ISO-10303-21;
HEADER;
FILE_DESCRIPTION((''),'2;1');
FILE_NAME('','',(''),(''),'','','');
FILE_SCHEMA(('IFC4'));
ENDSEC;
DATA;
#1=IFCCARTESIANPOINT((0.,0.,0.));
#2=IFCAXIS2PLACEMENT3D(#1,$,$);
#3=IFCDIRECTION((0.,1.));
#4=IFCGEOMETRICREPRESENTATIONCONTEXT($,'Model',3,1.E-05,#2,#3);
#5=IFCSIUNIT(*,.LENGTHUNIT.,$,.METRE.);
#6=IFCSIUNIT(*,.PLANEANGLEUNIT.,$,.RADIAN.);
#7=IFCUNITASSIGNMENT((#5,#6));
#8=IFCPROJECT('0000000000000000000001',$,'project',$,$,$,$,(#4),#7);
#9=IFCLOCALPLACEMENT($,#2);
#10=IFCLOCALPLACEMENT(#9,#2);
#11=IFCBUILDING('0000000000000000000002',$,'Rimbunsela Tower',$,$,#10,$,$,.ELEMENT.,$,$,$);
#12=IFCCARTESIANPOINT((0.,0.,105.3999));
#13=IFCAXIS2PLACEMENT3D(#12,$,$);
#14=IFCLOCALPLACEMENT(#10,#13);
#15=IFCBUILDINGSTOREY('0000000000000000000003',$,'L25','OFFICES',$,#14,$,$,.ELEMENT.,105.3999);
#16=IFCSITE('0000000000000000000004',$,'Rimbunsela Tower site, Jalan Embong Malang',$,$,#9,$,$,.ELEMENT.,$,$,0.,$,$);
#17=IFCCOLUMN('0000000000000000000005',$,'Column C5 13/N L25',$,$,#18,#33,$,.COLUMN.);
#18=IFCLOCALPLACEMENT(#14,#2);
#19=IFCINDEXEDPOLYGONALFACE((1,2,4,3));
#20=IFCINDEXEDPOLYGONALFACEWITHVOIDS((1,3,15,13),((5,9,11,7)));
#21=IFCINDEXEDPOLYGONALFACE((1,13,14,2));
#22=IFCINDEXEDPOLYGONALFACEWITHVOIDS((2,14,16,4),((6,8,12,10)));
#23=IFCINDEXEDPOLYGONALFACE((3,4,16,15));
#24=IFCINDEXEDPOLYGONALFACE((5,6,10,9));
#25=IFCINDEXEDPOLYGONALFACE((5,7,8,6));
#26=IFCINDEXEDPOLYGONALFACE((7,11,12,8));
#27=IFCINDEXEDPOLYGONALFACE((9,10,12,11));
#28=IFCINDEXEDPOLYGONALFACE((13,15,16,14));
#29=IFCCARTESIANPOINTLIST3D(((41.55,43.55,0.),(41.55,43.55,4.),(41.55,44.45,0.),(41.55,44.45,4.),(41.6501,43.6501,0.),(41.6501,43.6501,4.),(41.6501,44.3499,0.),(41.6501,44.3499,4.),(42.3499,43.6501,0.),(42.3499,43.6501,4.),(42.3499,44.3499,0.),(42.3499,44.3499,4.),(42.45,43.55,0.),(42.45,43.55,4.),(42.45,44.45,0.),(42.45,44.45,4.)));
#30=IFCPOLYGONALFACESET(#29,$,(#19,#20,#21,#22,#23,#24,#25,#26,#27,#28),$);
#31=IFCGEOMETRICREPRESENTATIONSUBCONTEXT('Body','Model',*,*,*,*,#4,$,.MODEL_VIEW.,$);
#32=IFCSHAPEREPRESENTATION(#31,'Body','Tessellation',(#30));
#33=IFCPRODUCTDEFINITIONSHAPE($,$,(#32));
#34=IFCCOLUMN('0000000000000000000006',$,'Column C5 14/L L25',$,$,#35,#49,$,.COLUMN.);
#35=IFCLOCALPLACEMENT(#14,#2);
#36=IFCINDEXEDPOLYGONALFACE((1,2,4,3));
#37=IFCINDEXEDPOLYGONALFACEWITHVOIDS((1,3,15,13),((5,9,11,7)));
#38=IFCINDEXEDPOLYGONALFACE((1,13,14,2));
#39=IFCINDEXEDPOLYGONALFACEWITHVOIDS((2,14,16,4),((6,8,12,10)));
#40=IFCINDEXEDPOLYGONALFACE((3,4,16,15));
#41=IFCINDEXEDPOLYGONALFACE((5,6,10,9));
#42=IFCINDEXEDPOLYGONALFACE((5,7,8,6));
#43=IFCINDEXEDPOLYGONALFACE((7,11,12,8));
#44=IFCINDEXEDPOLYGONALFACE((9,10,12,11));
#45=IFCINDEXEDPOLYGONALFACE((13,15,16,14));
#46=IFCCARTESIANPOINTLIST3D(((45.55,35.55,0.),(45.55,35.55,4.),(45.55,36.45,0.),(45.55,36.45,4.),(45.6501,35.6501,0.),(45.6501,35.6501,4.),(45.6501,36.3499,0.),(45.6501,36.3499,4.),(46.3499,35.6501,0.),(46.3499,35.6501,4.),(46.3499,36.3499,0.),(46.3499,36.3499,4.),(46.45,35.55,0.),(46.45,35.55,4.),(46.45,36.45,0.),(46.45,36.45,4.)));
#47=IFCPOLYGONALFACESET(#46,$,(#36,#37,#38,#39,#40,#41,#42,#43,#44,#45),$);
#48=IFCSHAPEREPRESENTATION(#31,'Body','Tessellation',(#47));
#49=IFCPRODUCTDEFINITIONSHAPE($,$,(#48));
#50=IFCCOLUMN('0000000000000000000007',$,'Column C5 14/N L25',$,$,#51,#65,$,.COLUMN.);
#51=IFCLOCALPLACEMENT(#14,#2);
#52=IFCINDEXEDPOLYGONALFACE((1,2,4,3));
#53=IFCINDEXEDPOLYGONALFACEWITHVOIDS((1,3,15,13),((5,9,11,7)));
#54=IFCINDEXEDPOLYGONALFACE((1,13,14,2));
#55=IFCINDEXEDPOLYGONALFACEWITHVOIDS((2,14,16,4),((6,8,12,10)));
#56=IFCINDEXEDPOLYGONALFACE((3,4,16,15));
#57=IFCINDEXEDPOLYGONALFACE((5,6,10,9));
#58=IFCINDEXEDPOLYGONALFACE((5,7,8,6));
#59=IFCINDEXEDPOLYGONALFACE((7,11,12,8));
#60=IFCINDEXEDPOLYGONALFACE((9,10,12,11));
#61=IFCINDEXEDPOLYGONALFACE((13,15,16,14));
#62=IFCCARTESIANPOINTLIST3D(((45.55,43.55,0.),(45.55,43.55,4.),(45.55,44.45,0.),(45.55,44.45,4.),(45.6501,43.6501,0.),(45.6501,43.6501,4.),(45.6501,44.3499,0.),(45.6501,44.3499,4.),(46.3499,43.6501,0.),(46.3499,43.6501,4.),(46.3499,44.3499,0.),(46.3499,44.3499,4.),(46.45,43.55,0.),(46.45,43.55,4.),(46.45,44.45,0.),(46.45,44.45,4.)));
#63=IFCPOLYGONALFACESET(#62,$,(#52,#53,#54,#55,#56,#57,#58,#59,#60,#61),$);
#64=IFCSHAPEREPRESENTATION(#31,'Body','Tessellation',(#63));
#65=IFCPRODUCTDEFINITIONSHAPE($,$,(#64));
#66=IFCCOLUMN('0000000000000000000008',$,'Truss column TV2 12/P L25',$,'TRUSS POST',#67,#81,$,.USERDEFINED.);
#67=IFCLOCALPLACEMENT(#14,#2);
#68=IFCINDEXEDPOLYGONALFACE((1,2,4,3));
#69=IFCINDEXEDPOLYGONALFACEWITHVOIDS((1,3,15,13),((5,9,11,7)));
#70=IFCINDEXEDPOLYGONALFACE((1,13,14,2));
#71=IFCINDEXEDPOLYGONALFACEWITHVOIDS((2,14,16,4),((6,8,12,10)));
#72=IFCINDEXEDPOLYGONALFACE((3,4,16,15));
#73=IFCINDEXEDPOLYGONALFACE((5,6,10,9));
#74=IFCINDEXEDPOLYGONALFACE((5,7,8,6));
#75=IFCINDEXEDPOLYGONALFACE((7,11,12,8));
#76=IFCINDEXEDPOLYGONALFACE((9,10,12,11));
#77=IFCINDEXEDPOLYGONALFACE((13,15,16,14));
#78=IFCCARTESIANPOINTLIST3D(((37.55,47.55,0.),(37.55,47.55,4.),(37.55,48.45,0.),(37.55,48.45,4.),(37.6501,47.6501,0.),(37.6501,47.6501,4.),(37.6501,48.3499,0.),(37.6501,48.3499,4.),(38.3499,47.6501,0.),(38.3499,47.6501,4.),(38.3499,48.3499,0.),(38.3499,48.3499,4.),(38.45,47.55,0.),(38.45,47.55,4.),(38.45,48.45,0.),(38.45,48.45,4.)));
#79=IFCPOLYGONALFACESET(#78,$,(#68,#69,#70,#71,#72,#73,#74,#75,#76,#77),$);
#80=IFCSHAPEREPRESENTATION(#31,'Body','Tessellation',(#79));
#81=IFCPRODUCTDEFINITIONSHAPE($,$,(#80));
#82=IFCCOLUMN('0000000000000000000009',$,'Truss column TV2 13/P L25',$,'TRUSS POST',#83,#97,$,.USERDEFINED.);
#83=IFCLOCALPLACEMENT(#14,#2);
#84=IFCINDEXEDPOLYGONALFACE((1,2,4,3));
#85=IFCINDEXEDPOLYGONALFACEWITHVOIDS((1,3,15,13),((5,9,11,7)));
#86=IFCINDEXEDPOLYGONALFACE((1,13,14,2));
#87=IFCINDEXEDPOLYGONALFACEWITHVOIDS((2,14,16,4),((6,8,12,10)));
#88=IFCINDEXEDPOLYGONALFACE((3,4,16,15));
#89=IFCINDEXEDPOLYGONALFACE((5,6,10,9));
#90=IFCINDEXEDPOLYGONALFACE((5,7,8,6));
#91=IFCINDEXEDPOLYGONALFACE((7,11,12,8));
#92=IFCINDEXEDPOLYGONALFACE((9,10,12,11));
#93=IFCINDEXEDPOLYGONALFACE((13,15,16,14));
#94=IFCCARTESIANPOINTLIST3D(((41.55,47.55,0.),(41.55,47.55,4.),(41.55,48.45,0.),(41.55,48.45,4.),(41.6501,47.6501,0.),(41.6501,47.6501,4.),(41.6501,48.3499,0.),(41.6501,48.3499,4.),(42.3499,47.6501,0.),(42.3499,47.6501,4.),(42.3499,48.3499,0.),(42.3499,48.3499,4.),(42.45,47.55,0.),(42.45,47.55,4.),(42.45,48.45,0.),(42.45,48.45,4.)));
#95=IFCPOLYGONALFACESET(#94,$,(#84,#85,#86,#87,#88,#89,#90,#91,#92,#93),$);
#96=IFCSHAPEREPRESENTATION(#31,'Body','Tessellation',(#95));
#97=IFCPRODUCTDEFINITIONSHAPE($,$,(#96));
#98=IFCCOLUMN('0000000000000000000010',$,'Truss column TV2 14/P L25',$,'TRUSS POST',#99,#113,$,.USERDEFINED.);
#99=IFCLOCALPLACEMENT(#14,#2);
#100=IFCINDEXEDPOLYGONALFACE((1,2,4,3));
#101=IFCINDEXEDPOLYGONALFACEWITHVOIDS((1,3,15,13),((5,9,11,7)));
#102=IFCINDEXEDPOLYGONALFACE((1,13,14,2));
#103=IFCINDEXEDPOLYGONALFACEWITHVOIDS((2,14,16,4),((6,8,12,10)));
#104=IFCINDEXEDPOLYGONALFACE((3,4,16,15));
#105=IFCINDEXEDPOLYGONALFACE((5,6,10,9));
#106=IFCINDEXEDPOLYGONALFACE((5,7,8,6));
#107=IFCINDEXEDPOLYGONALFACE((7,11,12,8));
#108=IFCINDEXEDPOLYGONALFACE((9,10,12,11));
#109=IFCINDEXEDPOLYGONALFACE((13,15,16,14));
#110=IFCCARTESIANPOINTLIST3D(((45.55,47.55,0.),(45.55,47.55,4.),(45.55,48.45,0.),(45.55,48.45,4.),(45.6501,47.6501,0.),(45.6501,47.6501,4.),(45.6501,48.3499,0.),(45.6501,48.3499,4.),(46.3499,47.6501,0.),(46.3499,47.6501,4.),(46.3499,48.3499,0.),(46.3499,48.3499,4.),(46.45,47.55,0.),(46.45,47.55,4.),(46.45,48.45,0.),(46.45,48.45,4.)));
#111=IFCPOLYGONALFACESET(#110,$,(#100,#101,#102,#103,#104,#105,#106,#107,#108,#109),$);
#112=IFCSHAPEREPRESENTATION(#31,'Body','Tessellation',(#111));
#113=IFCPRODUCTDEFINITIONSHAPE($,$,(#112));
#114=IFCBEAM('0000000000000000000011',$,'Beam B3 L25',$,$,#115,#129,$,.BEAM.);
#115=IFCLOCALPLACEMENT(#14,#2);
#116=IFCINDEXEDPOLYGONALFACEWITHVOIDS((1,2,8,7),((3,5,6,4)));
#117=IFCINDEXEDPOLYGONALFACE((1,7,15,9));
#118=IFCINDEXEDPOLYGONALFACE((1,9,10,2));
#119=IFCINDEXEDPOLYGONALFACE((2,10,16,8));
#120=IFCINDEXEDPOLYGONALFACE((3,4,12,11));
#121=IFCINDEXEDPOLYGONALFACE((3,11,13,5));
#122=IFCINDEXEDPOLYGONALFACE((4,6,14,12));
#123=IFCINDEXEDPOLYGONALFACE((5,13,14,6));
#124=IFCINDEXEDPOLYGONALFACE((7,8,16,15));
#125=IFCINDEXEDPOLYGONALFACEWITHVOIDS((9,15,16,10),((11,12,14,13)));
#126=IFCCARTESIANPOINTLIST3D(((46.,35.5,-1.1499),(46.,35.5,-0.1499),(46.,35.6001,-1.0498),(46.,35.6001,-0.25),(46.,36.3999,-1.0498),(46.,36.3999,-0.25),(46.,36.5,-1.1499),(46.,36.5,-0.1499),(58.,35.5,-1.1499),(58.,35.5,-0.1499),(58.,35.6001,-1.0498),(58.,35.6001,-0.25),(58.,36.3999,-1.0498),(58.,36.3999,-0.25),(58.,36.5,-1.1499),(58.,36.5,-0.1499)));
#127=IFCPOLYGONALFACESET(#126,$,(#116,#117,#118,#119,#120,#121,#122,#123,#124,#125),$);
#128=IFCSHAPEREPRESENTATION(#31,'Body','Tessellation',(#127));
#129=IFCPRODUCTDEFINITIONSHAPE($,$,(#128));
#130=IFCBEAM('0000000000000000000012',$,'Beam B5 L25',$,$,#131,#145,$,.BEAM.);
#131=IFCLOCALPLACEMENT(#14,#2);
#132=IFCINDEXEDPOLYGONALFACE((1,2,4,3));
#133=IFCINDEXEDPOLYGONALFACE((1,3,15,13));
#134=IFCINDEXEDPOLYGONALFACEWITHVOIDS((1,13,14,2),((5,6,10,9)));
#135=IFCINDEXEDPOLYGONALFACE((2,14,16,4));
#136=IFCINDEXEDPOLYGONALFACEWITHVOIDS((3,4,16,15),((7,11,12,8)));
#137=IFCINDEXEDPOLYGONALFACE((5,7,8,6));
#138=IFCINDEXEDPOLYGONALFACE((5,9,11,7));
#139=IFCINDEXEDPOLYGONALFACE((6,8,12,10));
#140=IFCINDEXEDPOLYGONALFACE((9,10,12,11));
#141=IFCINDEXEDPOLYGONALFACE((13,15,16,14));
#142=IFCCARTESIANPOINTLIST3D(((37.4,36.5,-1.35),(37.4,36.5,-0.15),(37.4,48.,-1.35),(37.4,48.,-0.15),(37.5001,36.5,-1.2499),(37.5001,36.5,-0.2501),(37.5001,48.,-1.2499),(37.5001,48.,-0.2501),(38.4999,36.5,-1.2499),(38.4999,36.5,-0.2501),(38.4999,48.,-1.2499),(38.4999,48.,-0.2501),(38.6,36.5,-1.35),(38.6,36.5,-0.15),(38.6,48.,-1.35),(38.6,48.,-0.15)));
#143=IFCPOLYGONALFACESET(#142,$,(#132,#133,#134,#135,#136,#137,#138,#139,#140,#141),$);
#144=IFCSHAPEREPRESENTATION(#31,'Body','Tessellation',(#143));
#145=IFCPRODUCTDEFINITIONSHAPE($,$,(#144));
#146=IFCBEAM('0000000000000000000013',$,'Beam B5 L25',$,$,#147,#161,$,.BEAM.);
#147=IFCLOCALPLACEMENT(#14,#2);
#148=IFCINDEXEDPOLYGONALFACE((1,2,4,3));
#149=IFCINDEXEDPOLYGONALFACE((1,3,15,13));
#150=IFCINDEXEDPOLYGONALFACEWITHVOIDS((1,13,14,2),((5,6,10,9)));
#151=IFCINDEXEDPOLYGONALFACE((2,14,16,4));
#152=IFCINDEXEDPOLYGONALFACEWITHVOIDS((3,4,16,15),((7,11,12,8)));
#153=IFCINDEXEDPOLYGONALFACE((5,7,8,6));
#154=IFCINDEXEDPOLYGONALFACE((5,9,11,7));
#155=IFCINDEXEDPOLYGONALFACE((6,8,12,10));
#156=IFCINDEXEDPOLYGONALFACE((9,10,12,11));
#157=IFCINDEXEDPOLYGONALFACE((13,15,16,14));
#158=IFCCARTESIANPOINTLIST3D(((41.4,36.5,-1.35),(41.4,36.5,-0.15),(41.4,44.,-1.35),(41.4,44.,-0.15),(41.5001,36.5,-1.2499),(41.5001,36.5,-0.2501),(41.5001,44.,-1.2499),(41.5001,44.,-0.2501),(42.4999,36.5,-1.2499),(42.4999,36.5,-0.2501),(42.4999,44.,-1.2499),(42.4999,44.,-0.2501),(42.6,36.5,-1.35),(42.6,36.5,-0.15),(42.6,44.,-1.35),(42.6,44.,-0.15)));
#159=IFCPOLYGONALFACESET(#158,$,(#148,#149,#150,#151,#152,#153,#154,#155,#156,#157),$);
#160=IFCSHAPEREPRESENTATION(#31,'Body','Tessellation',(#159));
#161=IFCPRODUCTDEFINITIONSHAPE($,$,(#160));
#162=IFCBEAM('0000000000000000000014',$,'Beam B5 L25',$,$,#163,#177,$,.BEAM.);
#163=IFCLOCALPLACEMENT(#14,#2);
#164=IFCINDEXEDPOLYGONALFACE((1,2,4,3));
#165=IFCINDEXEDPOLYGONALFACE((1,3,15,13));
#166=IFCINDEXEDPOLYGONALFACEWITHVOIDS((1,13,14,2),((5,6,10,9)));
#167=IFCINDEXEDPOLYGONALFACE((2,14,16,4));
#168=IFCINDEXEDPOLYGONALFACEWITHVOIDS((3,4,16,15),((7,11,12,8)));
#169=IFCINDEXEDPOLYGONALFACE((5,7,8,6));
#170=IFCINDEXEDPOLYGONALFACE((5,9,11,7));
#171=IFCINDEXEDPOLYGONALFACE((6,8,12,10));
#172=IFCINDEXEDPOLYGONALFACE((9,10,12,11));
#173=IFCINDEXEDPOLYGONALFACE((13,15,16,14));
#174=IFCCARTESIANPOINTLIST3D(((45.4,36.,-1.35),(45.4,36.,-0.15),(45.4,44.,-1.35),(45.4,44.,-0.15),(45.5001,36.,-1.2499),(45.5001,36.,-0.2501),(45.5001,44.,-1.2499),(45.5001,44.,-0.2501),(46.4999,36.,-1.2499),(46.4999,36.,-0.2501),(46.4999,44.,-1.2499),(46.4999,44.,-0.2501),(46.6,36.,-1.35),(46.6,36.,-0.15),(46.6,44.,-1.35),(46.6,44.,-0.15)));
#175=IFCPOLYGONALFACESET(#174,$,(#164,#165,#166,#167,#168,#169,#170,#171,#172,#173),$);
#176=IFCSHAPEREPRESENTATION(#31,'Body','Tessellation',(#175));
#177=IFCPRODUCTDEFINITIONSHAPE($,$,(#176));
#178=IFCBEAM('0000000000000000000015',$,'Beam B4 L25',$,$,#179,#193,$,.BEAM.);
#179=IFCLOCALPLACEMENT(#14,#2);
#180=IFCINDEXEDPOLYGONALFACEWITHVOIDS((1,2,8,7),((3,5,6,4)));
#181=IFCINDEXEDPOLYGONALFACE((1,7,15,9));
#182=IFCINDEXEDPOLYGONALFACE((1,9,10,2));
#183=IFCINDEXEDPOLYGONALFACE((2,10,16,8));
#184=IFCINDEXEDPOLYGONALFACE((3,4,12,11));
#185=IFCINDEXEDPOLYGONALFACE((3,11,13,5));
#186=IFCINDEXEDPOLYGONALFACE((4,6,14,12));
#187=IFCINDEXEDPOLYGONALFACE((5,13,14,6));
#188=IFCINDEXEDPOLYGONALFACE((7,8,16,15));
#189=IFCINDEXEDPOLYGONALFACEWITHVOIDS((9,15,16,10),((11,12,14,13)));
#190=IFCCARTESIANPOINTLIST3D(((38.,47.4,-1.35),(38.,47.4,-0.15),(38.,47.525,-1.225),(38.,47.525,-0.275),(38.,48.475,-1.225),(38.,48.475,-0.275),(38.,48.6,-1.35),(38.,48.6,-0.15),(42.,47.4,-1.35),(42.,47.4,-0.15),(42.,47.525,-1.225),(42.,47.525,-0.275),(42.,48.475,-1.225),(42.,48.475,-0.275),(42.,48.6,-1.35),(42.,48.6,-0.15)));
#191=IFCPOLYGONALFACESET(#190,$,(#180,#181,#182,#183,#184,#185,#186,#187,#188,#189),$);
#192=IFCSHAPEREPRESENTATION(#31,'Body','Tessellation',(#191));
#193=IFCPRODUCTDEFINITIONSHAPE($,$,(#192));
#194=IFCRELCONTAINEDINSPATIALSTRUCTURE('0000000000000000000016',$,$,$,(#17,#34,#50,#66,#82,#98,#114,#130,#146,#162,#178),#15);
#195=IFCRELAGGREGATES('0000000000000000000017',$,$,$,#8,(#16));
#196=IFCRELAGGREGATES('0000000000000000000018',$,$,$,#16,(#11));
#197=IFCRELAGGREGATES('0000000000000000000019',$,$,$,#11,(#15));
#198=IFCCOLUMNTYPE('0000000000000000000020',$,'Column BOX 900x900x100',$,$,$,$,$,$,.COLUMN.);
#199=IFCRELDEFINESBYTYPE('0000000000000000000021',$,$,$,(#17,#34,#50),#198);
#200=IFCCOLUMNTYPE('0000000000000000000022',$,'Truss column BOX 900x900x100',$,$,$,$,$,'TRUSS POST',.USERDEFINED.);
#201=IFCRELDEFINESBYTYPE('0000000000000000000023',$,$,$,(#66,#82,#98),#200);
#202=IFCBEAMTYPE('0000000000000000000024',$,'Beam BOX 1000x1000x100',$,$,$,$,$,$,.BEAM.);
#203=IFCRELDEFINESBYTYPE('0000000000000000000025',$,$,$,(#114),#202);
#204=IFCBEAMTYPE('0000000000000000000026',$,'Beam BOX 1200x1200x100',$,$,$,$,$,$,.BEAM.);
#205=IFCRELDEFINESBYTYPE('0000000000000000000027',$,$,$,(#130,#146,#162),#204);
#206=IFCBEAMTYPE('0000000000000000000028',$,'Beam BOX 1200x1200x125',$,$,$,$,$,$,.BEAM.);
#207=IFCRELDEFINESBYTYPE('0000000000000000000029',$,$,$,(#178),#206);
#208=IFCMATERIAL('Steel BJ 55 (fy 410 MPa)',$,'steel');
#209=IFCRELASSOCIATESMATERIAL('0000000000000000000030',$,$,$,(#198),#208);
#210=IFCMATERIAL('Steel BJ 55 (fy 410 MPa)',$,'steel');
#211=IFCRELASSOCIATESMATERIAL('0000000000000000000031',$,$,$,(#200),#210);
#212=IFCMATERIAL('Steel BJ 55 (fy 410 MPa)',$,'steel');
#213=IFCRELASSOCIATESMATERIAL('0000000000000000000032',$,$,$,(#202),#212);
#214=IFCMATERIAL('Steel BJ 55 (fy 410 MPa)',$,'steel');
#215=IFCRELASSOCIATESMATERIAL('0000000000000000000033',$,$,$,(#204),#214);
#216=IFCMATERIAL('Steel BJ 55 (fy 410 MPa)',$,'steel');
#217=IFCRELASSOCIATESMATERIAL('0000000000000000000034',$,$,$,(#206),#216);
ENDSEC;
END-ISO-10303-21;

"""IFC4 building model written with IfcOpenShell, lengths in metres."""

from ifc_helpers import new_model, si_unit, direction, frame, origin, origin_2d, place, context, subcontext, project, spatial, hollow_rectangle, extrude, material, material_profile, profile_set, type_object, element, save


model = new_model("IFC4")

# Units and contexts
model_context = context("Model", 3, precision=1e-05, world=origin(), true_north=direction((0.0, 1.0)))
body_context = subcontext(model_context, "Body", "Model", "MODEL_VIEW")
ifc_project = project(units=[si_unit("LENGTHUNIT", "METRE"), si_unit("PLANEANGLEUNIT", "RADIAN")], contexts=[model_context])

# Site, building, storey
site_placement = place(None, origin())
site = spatial("IfcSite", under=ifc_project, at=site_placement, Name="Rimbunsela Tower site, Jalan Embong Malang", CompositionType="ELEMENT", RefElevation=0.0)
building_placement = place(site_placement, origin())
building = spatial("IfcBuilding", under=site, at=building_placement, Name="Rimbunsela Tower", CompositionType="ELEMENT")
storey_placement = place(building_placement, frame((0.0, 0.0, 105.3999)))
storey = spatial("IfcBuildingStorey", under=building, at=storey_placement, Name="L25", Description="OFFICES", CompositionType="ELEMENT", Elevation=105.3999)

# Columns
ifc_material_1 = material(Name="Steel BJ 55 (fy 410 MPa)", Category="steel")
ifc_material_profile_1 = material_profile(ifc_material_1, hollow_rectangle(XDim=0.8999, YDim=0.8999, WallThickness=0.1001, at=origin_2d()), Name="BOX 900x900x100")
ifc_profile_set_1 = profile_set([ifc_material_profile_1], Name="Steel BJ 55 (fy 410 MPa)")
column_type_1 = type_object("IfcColumnType", Name="Column BOX 900x900x100", PredefinedType="COLUMN", material=ifc_profile_set_1)
for number, where, z_axis, x_axis, name in (
    (1, (42.0, 44.0, 0.0), (0.0, 0.0, 1.0), (1.0, 0.0, 0.0), "Column C5 13/N L25"),
    (2, (46.0, 36.0, 0.0), (0.0, 0.0, 1.0), (1.0, 0.0, 0.0), "Column C5 14/L L25"),
    (3, (46.0, 44.0, 0.0), (0.0, 0.0, 1.0), (1.0, 0.0, 0.0), "Column C5 14/N L25"),
):
    element("IfcColumn", number, at=place(storey_placement, frame(where, z_axis=z_axis, x_axis=x_axis)), inside=storey, type_object=column_type_1, Name=name, PredefinedType="COLUMN", context=body_context, shape_type="SweptSolid", body=[
        extrude(hollow_rectangle(XDim=0.8999, YDim=0.8999, WallThickness=0.1001, at=origin_2d()), origin(), (0.0, 0.0, 1.0), 4.0),
    ])
ifc_material_2 = material(Name="Steel BJ 55 (fy 410 MPa)", Category="steel")
ifc_material_profile_2 = material_profile(ifc_material_2, hollow_rectangle(XDim=0.8999, YDim=0.8999, WallThickness=0.1001, at=origin_2d()), Name="BOX 900x900x100")
ifc_profile_set_2 = profile_set([ifc_material_profile_2], Name="Steel BJ 55 (fy 410 MPa)")
column_type_2 = type_object("IfcColumnType", Name="Truss column BOX 900x900x100", ElementType="TRUSS POST", PredefinedType="USERDEFINED", material=ifc_profile_set_2)
for number, where, z_axis, x_axis, name in (
    (4, (38.0, 48.0, 0.0), (0.0, 0.0, 1.0), (1.0, 0.0, 0.0), "Truss column TV2 12/P L25"),
    (5, (42.0, 48.0, 0.0), (0.0, 0.0, 1.0), (1.0, 0.0, 0.0), "Truss column TV2 13/P L25"),
    (6, (46.0, 48.0, 0.0), (0.0, 0.0, 1.0), (1.0, 0.0, 0.0), "Truss column TV2 14/P L25"),
):
    element("IfcColumn", number, at=place(storey_placement, frame(where, z_axis=z_axis, x_axis=x_axis)), inside=storey, type_object=column_type_2, Name=name, ObjectType="TRUSS POST", PredefinedType="USERDEFINED", context=body_context, shape_type="SweptSolid", body=[
        extrude(hollow_rectangle(XDim=0.8999, YDim=0.8999, WallThickness=0.1001, at=origin_2d()), origin(), (0.0, 0.0, 1.0), 4.0),
    ])

# Beams
ifc_material_3 = material(Name="Steel BJ 55 (fy 410 MPa)", Category="steel")
ifc_material_profile_3 = material_profile(ifc_material_3, hollow_rectangle(XDim=1.0, YDim=1.0, WallThickness=0.1001, at=origin_2d()), Name="BOX 1000x1000x100")
ifc_profile_set_3 = profile_set([ifc_material_profile_3], Name="Steel BJ 55 (fy 410 MPa)")
beam_type_1 = type_object("IfcBeamType", Name="Beam BOX 1000x1000x100", PredefinedType="BEAM", material=ifc_profile_set_3)
beam_1_placement = place(storey_placement, frame((46.0, 36.0, -0.6499), z_axis=(1.0, 0.0, 0.0), x_axis=(0.0, 1.0, 0.0)))
element("IfcBeam", 7, at=beam_1_placement, inside=storey, type_object=beam_type_1, Name="Beam B3 L25", PredefinedType="BEAM", context=body_context, shape_type="SweptSolid", body=[
    extrude(hollow_rectangle(XDim=1.0, YDim=1.0, WallThickness=0.1001, at=origin_2d()), origin(), (0.0, 0.0, 1.0), 12.0),
])
ifc_material_4 = material(Name="Steel BJ 55 (fy 410 MPa)", Category="steel")
ifc_material_profile_4 = material_profile(ifc_material_4, hollow_rectangle(XDim=1.2, YDim=1.2, WallThickness=0.1001, at=origin_2d()), Name="BOX 1200x1200x100")
ifc_profile_set_4 = profile_set([ifc_material_profile_4], Name="Steel BJ 55 (fy 410 MPa)")
beam_type_2 = type_object("IfcBeamType", Name="Beam BOX 1200x1200x100", PredefinedType="BEAM", material=ifc_profile_set_4)
beam_2_placement = place(storey_placement, frame((38.0, 36.5, -0.75), z_axis=(0.0, 1.0, 0.0), x_axis=(-1.0, 0.0, 0.0)))
element("IfcBeam", 8, at=beam_2_placement, inside=storey, type_object=beam_type_2, Name="Beam B5 L25", PredefinedType="BEAM", context=body_context, shape_type="SweptSolid", body=[
    extrude(hollow_rectangle(XDim=1.2, YDim=1.2, WallThickness=0.1001, at=origin_2d()), origin(), (0.0, 0.0, 1.0), 11.5),
])
beam_3_placement = place(storey_placement, frame((42.0, 36.5, -0.75), z_axis=(0.0, 1.0, 0.0), x_axis=(-1.0, 0.0, 0.0)))
element("IfcBeam", 9, at=beam_3_placement, inside=storey, type_object=beam_type_2, Name="Beam B5 L25", PredefinedType="BEAM", context=body_context, shape_type="SweptSolid", body=[
    extrude(hollow_rectangle(XDim=1.2, YDim=1.2, WallThickness=0.1001, at=origin_2d()), origin(), (0.0, 0.0, 1.0), 7.5),
])
beam_4_placement = place(storey_placement, frame((46.0, 36.0, -0.75), z_axis=(0.0, 1.0, 0.0), x_axis=(-1.0, 0.0, 0.0)))
element("IfcBeam", 10, at=beam_4_placement, inside=storey, type_object=beam_type_2, Name="Beam B5 L25", PredefinedType="BEAM", context=body_context, shape_type="SweptSolid", body=[
    extrude(hollow_rectangle(XDim=1.2, YDim=1.2, WallThickness=0.1001, at=origin_2d()), origin(), (0.0, 0.0, 1.0), 8.0),
])
ifc_material_5 = material(Name="Steel BJ 55 (fy 410 MPa)", Category="steel")
ifc_material_profile_5 = material_profile(ifc_material_5, hollow_rectangle(XDim=1.2, YDim=1.2, WallThickness=0.125, at=origin_2d()), Name="BOX 1200x1200x125")
ifc_profile_set_5 = profile_set([ifc_material_profile_5], Name="Steel BJ 55 (fy 410 MPa)")
beam_type_3 = type_object("IfcBeamType", Name="Beam BOX 1200x1200x125", PredefinedType="BEAM", material=ifc_profile_set_5)
for number, where, z_axis, x_axis, name in (
    (11, (38.0, 48.0, -0.75), (1.0, 0.0, 0.0), (0.0, 1.0, 0.0), "Beam B4 L25"),
):
    element("IfcBeam", number, at=place(storey_placement, frame(where, z_axis=z_axis, x_axis=x_axis)), inside=storey, type_object=beam_type_3, Name=name, PredefinedType="BEAM", context=body_context, shape_type="SweptSolid", body=[
        extrude(hollow_rectangle(XDim=1.2, YDim=1.2, WallThickness=0.125, at=origin_2d()), origin(), (0.0, 0.0, 1.0), 4.0),
    ])

save(model, "model.ifc")
